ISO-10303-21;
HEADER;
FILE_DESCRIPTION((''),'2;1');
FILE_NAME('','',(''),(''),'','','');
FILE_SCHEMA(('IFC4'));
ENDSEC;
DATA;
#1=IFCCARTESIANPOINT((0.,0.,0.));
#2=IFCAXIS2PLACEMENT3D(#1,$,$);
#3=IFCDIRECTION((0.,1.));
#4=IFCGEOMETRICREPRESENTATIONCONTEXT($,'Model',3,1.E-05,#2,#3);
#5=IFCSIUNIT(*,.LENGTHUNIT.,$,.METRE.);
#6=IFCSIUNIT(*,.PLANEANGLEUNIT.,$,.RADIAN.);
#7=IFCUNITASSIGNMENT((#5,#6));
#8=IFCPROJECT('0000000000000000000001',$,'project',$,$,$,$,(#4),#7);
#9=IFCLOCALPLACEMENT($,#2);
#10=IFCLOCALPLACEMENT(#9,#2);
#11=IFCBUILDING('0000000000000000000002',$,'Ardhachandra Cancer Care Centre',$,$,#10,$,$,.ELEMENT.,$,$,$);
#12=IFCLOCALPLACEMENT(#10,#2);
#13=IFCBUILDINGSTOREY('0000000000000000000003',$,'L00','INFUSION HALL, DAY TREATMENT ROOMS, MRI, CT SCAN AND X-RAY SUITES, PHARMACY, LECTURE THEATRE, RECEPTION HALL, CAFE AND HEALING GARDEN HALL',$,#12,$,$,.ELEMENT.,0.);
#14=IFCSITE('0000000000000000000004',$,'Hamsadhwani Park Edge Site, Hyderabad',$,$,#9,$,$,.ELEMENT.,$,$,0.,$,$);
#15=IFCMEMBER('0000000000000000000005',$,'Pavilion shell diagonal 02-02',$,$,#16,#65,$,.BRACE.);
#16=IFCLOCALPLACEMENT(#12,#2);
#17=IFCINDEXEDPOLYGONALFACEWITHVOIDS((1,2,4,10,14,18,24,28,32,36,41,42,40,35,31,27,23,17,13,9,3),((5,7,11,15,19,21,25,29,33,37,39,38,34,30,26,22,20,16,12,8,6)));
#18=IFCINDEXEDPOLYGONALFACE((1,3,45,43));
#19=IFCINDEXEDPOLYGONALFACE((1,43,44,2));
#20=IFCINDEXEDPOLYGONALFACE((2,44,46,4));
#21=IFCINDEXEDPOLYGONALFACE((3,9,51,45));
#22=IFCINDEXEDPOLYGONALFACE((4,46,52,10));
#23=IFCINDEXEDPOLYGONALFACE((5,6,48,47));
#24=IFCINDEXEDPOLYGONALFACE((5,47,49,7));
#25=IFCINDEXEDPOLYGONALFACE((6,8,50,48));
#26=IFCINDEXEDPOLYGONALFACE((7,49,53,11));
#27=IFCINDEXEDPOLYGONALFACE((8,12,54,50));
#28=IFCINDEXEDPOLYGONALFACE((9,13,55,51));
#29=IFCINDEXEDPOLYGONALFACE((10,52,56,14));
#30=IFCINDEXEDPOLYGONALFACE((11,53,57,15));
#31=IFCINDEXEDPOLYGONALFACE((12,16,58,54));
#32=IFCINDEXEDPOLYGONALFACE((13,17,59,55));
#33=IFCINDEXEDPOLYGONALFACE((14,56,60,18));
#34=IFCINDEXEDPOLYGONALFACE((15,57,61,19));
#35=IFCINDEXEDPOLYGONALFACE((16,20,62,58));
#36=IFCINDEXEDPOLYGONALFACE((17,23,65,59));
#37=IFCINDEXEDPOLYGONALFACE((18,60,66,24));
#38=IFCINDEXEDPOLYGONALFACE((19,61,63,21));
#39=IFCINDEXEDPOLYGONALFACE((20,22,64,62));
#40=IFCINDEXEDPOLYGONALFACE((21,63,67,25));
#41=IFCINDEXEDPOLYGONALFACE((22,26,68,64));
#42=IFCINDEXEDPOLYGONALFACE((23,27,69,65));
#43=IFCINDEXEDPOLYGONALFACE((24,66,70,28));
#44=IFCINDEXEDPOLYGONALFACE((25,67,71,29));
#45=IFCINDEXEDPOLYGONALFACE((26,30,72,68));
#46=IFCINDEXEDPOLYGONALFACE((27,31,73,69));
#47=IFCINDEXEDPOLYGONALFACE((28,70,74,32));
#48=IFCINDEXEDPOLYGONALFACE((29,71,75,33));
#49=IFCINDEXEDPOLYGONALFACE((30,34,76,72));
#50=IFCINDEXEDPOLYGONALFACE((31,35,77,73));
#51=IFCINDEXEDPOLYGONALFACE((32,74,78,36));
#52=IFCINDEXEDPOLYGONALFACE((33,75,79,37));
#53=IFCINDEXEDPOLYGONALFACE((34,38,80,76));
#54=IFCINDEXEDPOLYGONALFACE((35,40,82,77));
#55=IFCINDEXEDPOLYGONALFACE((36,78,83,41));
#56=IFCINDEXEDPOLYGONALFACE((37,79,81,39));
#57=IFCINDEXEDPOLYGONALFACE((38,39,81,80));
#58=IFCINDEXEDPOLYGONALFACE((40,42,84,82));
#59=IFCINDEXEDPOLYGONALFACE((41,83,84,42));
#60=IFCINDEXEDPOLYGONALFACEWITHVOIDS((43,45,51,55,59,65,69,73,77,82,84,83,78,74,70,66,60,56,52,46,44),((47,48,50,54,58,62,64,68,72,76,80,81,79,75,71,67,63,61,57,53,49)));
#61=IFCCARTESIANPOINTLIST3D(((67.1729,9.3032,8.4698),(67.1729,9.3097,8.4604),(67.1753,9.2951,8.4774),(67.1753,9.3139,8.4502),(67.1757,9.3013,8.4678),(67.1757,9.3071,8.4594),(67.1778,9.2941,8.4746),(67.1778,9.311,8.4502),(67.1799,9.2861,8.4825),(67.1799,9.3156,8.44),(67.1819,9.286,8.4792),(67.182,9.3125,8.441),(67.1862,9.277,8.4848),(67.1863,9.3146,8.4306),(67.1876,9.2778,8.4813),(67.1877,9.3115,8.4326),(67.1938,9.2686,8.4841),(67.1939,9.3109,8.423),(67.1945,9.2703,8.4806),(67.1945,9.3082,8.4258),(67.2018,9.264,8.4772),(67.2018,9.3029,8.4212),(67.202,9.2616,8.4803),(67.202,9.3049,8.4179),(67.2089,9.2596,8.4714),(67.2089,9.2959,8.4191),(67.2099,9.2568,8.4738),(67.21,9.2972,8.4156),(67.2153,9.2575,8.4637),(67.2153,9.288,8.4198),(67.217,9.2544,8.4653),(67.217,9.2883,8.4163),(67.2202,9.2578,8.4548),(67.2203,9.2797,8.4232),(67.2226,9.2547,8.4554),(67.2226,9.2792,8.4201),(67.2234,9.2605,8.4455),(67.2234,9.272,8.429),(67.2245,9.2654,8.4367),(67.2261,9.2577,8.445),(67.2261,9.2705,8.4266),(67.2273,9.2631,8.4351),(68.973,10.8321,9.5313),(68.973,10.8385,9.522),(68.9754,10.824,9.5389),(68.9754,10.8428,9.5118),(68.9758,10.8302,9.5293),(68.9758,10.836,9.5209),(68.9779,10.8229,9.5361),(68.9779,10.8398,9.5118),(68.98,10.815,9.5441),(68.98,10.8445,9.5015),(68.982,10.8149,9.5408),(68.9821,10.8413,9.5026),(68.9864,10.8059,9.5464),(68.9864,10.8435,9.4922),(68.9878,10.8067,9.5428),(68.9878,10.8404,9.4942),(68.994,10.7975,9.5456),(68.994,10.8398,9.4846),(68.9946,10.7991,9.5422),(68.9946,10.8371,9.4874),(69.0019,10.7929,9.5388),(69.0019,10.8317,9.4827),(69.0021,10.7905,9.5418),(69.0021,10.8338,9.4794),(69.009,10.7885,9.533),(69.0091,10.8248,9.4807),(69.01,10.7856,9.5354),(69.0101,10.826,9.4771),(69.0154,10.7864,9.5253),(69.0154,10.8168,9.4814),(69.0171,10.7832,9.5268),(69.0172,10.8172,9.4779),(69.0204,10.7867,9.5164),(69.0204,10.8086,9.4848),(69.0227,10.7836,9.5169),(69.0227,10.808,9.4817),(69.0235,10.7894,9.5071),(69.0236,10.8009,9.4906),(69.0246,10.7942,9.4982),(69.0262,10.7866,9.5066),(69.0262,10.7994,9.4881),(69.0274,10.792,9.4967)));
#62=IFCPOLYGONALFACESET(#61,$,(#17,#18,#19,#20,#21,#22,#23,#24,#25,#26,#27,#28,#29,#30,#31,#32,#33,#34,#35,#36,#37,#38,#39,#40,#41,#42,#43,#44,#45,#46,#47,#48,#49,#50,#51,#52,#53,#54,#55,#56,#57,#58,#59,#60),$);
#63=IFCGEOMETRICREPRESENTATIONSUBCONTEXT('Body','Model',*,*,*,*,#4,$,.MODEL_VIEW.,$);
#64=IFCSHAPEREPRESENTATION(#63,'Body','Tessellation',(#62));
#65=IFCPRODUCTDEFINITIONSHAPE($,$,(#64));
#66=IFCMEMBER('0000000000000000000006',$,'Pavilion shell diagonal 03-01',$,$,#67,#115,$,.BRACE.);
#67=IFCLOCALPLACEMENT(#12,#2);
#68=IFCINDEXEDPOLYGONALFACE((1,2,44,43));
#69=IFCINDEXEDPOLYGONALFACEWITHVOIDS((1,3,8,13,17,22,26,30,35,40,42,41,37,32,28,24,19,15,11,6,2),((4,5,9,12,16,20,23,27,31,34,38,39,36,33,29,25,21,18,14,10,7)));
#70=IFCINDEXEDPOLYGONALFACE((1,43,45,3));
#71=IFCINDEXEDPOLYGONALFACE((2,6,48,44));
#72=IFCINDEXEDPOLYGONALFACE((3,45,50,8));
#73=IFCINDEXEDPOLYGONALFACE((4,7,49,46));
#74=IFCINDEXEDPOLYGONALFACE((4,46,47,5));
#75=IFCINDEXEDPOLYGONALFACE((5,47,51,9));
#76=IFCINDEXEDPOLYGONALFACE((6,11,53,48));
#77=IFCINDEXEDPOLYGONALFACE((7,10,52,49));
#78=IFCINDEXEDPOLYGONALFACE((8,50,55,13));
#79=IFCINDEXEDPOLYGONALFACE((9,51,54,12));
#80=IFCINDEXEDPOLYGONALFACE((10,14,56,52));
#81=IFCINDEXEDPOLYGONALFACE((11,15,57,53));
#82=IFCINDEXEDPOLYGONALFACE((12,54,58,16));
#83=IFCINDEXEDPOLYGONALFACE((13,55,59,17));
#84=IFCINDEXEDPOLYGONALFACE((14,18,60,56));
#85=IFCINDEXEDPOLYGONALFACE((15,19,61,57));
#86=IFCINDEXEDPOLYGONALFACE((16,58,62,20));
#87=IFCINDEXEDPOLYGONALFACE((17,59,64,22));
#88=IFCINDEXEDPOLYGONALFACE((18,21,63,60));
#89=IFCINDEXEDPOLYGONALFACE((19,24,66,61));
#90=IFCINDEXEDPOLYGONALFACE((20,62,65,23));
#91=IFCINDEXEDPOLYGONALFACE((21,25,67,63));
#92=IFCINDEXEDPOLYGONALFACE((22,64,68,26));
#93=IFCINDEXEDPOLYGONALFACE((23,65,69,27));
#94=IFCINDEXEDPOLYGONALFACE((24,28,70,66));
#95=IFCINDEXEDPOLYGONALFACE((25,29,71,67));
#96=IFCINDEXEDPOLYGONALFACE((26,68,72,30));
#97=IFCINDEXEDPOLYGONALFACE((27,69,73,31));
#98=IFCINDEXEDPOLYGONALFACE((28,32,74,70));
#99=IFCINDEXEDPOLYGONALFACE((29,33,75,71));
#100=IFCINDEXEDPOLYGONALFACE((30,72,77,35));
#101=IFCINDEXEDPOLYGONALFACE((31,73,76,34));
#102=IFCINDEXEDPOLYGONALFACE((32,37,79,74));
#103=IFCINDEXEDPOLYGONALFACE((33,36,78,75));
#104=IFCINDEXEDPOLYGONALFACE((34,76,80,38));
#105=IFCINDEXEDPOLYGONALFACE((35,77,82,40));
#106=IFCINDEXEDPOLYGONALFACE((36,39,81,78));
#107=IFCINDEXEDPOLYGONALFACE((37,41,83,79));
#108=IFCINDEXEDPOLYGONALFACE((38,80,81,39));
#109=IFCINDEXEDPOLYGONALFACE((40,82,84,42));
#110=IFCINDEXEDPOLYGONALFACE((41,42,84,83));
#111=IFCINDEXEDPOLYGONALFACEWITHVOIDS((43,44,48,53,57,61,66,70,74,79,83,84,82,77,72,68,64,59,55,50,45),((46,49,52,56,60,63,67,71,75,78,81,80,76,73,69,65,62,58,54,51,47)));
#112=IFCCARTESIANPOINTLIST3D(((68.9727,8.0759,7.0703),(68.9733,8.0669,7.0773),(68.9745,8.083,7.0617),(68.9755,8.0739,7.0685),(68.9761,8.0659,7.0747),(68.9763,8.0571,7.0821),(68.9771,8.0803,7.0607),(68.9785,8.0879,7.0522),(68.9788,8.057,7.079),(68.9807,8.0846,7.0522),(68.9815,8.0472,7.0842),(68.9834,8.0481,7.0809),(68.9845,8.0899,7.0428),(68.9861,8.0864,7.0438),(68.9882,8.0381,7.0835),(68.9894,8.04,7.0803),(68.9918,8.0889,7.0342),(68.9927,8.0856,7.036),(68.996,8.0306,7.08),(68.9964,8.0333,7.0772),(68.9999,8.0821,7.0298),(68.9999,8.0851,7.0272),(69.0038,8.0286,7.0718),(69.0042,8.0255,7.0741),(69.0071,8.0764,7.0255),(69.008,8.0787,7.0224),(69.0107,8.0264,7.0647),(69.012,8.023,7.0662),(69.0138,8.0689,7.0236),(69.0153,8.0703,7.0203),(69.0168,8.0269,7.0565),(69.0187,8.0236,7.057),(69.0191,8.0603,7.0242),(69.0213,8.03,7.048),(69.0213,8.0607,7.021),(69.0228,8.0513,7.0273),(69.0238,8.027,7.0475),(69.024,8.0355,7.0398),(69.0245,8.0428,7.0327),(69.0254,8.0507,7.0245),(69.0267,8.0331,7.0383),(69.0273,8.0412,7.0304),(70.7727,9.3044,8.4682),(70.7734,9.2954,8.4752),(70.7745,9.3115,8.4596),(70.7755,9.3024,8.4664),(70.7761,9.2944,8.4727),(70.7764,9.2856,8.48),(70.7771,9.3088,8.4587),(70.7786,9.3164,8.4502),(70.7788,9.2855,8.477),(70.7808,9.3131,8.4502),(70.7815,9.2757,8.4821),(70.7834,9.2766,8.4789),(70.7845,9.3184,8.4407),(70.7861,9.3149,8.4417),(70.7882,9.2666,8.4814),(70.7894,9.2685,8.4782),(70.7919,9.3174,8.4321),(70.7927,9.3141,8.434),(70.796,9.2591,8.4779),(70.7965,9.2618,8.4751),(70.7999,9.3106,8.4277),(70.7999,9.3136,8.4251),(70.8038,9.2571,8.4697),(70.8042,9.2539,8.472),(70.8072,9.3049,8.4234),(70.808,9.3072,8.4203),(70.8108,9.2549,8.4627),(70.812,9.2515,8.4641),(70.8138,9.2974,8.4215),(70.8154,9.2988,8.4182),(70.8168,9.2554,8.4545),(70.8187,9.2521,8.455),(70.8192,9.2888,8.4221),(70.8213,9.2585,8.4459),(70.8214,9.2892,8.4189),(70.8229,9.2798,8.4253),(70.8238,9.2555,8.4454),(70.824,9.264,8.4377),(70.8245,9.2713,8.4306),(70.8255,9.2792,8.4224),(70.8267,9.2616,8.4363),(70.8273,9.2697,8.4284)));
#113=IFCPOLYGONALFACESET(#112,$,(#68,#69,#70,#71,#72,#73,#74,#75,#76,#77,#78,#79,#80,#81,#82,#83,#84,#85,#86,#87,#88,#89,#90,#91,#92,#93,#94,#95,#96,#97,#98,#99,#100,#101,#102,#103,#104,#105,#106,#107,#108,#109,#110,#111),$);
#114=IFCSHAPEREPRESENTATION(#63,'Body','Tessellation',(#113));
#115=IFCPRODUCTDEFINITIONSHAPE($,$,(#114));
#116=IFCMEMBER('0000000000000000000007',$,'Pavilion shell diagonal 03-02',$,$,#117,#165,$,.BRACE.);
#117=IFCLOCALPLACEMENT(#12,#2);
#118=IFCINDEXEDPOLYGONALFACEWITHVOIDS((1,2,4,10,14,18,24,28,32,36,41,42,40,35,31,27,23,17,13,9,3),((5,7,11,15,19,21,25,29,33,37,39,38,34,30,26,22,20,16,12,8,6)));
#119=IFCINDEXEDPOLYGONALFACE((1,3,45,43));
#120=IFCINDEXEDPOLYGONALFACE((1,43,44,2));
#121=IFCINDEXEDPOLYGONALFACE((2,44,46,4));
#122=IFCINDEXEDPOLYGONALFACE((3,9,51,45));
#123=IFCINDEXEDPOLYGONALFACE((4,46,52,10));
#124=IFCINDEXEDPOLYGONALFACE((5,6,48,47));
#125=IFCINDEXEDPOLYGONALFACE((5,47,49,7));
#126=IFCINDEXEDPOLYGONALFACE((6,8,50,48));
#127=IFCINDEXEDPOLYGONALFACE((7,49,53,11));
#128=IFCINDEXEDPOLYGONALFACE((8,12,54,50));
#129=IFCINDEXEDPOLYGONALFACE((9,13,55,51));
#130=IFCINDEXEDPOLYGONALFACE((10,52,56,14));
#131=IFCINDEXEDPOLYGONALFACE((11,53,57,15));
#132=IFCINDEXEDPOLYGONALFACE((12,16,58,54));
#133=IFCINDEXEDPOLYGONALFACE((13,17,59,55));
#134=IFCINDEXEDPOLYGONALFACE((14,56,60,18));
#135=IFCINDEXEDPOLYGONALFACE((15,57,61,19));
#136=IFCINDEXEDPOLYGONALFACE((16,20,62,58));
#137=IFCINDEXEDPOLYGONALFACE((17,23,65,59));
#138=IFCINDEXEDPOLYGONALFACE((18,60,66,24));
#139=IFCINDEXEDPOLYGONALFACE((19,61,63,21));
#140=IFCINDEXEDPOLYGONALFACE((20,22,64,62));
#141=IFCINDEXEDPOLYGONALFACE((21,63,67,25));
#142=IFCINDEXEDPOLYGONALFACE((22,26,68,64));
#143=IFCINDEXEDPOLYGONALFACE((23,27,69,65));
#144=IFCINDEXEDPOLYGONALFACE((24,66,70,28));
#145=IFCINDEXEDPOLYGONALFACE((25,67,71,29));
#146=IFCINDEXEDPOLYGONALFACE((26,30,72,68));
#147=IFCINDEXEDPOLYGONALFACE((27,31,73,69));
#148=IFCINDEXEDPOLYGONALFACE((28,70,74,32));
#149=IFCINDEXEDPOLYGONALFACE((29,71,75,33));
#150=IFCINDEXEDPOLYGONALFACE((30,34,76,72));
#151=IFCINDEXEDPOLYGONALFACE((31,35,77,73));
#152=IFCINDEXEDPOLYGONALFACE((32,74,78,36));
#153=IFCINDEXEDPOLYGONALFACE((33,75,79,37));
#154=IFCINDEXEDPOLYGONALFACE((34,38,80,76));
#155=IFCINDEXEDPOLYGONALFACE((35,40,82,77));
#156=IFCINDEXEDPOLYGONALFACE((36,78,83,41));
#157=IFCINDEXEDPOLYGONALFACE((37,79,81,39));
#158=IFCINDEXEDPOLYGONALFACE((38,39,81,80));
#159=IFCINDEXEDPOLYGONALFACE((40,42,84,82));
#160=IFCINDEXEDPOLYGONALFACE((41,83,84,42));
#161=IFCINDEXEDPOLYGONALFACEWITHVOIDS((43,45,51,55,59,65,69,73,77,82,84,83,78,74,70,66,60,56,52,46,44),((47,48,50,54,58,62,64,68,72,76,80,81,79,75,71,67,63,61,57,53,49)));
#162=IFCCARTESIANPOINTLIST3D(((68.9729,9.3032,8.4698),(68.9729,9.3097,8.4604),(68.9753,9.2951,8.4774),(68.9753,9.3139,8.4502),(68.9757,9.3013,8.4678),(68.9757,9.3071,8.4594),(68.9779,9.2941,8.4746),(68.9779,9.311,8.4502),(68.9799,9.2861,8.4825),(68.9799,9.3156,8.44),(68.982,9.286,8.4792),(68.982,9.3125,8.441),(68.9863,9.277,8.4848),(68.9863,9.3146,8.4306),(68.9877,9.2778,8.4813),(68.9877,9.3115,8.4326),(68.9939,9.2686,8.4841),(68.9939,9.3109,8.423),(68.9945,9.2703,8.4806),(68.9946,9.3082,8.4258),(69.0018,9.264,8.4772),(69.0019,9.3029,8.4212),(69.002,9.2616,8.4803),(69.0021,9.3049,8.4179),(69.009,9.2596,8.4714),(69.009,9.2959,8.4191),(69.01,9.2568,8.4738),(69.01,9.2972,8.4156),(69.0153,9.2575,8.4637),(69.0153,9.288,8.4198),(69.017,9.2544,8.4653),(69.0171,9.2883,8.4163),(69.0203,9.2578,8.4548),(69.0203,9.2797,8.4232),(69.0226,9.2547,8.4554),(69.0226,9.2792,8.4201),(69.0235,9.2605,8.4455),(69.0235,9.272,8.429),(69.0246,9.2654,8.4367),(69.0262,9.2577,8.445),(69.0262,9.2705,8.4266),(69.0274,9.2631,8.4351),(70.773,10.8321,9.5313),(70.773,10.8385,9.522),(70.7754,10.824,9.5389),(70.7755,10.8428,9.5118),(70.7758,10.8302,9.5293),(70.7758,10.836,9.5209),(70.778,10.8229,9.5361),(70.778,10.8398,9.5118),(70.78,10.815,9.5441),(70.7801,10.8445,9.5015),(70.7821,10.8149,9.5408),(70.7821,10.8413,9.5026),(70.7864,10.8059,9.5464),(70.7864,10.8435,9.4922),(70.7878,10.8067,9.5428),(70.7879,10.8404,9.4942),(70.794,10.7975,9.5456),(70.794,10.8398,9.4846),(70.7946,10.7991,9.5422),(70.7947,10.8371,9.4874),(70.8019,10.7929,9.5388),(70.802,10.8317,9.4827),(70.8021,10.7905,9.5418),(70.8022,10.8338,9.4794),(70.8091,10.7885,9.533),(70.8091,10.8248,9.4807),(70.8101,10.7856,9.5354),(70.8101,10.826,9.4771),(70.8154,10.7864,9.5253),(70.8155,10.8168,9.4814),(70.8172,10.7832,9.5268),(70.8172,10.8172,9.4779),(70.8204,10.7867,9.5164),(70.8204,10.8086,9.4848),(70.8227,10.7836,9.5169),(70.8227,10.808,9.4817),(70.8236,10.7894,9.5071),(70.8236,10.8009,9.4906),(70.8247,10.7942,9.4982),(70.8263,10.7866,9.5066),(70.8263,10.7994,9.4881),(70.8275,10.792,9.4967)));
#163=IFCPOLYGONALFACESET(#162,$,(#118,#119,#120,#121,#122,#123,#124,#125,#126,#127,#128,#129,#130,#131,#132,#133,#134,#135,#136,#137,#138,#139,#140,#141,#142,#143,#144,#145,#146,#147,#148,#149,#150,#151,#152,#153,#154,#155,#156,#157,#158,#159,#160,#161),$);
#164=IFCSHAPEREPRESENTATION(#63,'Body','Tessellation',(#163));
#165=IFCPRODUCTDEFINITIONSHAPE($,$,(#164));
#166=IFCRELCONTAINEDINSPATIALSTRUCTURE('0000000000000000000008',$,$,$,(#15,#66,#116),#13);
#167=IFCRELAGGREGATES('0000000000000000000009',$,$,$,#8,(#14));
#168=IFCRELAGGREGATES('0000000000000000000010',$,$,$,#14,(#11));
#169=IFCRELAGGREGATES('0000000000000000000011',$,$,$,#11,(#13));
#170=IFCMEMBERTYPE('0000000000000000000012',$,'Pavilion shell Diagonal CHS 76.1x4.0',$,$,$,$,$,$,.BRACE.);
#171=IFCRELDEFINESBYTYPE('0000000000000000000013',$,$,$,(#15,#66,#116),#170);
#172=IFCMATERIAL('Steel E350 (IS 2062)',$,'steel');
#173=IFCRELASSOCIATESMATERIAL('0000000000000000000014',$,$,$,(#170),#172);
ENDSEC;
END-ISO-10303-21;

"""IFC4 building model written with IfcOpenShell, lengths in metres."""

from ifc_helpers import new_model, si_unit, direction, frame, origin, origin_2d, place, context, subcontext, project, spatial, hollow_circle, extrude, material, material_profile, profile_set, type_object, element, save


model = new_model("IFC4")

# Units and contexts
model_context = context("Model", 3, precision=1e-05, world=origin(), true_north=direction((0.0, 1.0)))
body_context = subcontext(model_context, "Body", "Model", "MODEL_VIEW")
ifc_project = project(units=[si_unit("LENGTHUNIT", "METRE"), si_unit("PLANEANGLEUNIT", "RADIAN")], contexts=[model_context])

# Site, building, storey
site_placement = place(None, origin())
site = spatial("IfcSite", under=ifc_project, at=site_placement, Name="Hamsadhwani Park Edge Site, Hyderabad", CompositionType="ELEMENT", RefElevation=0.0)
building_placement = place(site_placement, origin())
building = spatial("IfcBuilding", under=site, at=building_placement, Name="Ardhachandra Cancer Care Centre", CompositionType="ELEMENT")
storey_placement = place(building_placement, origin())
storey = spatial("IfcBuildingStorey", under=building, at=storey_placement, Name="L00", Description="INFUSION HALL, DAY TREATMENT ROOMS, MRI, CT SCAN AND X-RAY SUITES, PHARMACY, LECTURE THEATRE, RECEPTION HALL, CAFE AND HEALING GARDEN HALL", CompositionType="ELEMENT", Elevation=0.0)

# Members
ifc_material_1 = material(Name="Steel E350 (IS 2062)", Category="steel")
ifc_material_profile_1 = material_profile(ifc_material_1, hollow_circle(Radius=0.0381, WallThickness=0.0039, at=origin_2d()), Name="CHS 76.1x4.0")
ifc_profile_set_1 = profile_set([ifc_material_profile_1], Name="Steel E350 (IS 2062)")
member_type_1 = type_object("IfcMemberType", Name="Pavilion shell Diagonal CHS 76.1x4.0", PredefinedType="BRACE", material=ifc_profile_set_1)
member_1_placement = place(storey_placement, frame((67.2, 9.2849, 8.4502), z_axis=(0.695198, 0.590442, 0.409972), x_axis=(-0.647345, 0.762197, 0.0)))
element("IfcMember", 1, at=member_1_placement, inside=storey, type_object=member_type_1, Name="Pavilion shell diagonal 02-02", PredefinedType="BRACE", context=body_context, shape_type="SweptSolid", body=[
    extrude(hollow_circle(Radius=0.0381, WallThickness=0.0039, at=origin_2d()), origin(), (0.0, 0.0, 1.0), 2.5894),
])
member_2_placement = place(storey_placement, frame((69.0, 8.0564, 7.0522), z_axis=(0.695228, 0.474486, 0.539926), x_axis=(-0.563716, 0.825969, 0.0)))
element("IfcMember", 2, at=member_2_placement, inside=storey, type_object=member_type_1, Name="Pavilion shell diagonal 03-01", PredefinedType="BRACE", context=body_context, shape_type="SweptSolid", body=[
    extrude(hollow_circle(Radius=0.0381, WallThickness=0.0039, at=origin_2d()), origin(), (0.0, 0.0, 1.0), 2.5891),
])
member_3_placement = place(storey_placement, frame((69.0, 9.2849, 8.4502), z_axis=(0.695198, 0.590442, 0.409972), x_axis=(-0.647345, 0.762197, 0.0)))
element("IfcMember", 3, at=member_3_placement, inside=storey, type_object=member_type_1, Name="Pavilion shell diagonal 03-02", PredefinedType="BRACE", context=body_context, shape_type="SweptSolid", body=[
    extrude(hollow_circle(Radius=0.0381, WallThickness=0.0039, at=origin_2d()), origin(), (0.0, 0.0, 1.0), 2.5894),
])

save(model, "model.ifc")
